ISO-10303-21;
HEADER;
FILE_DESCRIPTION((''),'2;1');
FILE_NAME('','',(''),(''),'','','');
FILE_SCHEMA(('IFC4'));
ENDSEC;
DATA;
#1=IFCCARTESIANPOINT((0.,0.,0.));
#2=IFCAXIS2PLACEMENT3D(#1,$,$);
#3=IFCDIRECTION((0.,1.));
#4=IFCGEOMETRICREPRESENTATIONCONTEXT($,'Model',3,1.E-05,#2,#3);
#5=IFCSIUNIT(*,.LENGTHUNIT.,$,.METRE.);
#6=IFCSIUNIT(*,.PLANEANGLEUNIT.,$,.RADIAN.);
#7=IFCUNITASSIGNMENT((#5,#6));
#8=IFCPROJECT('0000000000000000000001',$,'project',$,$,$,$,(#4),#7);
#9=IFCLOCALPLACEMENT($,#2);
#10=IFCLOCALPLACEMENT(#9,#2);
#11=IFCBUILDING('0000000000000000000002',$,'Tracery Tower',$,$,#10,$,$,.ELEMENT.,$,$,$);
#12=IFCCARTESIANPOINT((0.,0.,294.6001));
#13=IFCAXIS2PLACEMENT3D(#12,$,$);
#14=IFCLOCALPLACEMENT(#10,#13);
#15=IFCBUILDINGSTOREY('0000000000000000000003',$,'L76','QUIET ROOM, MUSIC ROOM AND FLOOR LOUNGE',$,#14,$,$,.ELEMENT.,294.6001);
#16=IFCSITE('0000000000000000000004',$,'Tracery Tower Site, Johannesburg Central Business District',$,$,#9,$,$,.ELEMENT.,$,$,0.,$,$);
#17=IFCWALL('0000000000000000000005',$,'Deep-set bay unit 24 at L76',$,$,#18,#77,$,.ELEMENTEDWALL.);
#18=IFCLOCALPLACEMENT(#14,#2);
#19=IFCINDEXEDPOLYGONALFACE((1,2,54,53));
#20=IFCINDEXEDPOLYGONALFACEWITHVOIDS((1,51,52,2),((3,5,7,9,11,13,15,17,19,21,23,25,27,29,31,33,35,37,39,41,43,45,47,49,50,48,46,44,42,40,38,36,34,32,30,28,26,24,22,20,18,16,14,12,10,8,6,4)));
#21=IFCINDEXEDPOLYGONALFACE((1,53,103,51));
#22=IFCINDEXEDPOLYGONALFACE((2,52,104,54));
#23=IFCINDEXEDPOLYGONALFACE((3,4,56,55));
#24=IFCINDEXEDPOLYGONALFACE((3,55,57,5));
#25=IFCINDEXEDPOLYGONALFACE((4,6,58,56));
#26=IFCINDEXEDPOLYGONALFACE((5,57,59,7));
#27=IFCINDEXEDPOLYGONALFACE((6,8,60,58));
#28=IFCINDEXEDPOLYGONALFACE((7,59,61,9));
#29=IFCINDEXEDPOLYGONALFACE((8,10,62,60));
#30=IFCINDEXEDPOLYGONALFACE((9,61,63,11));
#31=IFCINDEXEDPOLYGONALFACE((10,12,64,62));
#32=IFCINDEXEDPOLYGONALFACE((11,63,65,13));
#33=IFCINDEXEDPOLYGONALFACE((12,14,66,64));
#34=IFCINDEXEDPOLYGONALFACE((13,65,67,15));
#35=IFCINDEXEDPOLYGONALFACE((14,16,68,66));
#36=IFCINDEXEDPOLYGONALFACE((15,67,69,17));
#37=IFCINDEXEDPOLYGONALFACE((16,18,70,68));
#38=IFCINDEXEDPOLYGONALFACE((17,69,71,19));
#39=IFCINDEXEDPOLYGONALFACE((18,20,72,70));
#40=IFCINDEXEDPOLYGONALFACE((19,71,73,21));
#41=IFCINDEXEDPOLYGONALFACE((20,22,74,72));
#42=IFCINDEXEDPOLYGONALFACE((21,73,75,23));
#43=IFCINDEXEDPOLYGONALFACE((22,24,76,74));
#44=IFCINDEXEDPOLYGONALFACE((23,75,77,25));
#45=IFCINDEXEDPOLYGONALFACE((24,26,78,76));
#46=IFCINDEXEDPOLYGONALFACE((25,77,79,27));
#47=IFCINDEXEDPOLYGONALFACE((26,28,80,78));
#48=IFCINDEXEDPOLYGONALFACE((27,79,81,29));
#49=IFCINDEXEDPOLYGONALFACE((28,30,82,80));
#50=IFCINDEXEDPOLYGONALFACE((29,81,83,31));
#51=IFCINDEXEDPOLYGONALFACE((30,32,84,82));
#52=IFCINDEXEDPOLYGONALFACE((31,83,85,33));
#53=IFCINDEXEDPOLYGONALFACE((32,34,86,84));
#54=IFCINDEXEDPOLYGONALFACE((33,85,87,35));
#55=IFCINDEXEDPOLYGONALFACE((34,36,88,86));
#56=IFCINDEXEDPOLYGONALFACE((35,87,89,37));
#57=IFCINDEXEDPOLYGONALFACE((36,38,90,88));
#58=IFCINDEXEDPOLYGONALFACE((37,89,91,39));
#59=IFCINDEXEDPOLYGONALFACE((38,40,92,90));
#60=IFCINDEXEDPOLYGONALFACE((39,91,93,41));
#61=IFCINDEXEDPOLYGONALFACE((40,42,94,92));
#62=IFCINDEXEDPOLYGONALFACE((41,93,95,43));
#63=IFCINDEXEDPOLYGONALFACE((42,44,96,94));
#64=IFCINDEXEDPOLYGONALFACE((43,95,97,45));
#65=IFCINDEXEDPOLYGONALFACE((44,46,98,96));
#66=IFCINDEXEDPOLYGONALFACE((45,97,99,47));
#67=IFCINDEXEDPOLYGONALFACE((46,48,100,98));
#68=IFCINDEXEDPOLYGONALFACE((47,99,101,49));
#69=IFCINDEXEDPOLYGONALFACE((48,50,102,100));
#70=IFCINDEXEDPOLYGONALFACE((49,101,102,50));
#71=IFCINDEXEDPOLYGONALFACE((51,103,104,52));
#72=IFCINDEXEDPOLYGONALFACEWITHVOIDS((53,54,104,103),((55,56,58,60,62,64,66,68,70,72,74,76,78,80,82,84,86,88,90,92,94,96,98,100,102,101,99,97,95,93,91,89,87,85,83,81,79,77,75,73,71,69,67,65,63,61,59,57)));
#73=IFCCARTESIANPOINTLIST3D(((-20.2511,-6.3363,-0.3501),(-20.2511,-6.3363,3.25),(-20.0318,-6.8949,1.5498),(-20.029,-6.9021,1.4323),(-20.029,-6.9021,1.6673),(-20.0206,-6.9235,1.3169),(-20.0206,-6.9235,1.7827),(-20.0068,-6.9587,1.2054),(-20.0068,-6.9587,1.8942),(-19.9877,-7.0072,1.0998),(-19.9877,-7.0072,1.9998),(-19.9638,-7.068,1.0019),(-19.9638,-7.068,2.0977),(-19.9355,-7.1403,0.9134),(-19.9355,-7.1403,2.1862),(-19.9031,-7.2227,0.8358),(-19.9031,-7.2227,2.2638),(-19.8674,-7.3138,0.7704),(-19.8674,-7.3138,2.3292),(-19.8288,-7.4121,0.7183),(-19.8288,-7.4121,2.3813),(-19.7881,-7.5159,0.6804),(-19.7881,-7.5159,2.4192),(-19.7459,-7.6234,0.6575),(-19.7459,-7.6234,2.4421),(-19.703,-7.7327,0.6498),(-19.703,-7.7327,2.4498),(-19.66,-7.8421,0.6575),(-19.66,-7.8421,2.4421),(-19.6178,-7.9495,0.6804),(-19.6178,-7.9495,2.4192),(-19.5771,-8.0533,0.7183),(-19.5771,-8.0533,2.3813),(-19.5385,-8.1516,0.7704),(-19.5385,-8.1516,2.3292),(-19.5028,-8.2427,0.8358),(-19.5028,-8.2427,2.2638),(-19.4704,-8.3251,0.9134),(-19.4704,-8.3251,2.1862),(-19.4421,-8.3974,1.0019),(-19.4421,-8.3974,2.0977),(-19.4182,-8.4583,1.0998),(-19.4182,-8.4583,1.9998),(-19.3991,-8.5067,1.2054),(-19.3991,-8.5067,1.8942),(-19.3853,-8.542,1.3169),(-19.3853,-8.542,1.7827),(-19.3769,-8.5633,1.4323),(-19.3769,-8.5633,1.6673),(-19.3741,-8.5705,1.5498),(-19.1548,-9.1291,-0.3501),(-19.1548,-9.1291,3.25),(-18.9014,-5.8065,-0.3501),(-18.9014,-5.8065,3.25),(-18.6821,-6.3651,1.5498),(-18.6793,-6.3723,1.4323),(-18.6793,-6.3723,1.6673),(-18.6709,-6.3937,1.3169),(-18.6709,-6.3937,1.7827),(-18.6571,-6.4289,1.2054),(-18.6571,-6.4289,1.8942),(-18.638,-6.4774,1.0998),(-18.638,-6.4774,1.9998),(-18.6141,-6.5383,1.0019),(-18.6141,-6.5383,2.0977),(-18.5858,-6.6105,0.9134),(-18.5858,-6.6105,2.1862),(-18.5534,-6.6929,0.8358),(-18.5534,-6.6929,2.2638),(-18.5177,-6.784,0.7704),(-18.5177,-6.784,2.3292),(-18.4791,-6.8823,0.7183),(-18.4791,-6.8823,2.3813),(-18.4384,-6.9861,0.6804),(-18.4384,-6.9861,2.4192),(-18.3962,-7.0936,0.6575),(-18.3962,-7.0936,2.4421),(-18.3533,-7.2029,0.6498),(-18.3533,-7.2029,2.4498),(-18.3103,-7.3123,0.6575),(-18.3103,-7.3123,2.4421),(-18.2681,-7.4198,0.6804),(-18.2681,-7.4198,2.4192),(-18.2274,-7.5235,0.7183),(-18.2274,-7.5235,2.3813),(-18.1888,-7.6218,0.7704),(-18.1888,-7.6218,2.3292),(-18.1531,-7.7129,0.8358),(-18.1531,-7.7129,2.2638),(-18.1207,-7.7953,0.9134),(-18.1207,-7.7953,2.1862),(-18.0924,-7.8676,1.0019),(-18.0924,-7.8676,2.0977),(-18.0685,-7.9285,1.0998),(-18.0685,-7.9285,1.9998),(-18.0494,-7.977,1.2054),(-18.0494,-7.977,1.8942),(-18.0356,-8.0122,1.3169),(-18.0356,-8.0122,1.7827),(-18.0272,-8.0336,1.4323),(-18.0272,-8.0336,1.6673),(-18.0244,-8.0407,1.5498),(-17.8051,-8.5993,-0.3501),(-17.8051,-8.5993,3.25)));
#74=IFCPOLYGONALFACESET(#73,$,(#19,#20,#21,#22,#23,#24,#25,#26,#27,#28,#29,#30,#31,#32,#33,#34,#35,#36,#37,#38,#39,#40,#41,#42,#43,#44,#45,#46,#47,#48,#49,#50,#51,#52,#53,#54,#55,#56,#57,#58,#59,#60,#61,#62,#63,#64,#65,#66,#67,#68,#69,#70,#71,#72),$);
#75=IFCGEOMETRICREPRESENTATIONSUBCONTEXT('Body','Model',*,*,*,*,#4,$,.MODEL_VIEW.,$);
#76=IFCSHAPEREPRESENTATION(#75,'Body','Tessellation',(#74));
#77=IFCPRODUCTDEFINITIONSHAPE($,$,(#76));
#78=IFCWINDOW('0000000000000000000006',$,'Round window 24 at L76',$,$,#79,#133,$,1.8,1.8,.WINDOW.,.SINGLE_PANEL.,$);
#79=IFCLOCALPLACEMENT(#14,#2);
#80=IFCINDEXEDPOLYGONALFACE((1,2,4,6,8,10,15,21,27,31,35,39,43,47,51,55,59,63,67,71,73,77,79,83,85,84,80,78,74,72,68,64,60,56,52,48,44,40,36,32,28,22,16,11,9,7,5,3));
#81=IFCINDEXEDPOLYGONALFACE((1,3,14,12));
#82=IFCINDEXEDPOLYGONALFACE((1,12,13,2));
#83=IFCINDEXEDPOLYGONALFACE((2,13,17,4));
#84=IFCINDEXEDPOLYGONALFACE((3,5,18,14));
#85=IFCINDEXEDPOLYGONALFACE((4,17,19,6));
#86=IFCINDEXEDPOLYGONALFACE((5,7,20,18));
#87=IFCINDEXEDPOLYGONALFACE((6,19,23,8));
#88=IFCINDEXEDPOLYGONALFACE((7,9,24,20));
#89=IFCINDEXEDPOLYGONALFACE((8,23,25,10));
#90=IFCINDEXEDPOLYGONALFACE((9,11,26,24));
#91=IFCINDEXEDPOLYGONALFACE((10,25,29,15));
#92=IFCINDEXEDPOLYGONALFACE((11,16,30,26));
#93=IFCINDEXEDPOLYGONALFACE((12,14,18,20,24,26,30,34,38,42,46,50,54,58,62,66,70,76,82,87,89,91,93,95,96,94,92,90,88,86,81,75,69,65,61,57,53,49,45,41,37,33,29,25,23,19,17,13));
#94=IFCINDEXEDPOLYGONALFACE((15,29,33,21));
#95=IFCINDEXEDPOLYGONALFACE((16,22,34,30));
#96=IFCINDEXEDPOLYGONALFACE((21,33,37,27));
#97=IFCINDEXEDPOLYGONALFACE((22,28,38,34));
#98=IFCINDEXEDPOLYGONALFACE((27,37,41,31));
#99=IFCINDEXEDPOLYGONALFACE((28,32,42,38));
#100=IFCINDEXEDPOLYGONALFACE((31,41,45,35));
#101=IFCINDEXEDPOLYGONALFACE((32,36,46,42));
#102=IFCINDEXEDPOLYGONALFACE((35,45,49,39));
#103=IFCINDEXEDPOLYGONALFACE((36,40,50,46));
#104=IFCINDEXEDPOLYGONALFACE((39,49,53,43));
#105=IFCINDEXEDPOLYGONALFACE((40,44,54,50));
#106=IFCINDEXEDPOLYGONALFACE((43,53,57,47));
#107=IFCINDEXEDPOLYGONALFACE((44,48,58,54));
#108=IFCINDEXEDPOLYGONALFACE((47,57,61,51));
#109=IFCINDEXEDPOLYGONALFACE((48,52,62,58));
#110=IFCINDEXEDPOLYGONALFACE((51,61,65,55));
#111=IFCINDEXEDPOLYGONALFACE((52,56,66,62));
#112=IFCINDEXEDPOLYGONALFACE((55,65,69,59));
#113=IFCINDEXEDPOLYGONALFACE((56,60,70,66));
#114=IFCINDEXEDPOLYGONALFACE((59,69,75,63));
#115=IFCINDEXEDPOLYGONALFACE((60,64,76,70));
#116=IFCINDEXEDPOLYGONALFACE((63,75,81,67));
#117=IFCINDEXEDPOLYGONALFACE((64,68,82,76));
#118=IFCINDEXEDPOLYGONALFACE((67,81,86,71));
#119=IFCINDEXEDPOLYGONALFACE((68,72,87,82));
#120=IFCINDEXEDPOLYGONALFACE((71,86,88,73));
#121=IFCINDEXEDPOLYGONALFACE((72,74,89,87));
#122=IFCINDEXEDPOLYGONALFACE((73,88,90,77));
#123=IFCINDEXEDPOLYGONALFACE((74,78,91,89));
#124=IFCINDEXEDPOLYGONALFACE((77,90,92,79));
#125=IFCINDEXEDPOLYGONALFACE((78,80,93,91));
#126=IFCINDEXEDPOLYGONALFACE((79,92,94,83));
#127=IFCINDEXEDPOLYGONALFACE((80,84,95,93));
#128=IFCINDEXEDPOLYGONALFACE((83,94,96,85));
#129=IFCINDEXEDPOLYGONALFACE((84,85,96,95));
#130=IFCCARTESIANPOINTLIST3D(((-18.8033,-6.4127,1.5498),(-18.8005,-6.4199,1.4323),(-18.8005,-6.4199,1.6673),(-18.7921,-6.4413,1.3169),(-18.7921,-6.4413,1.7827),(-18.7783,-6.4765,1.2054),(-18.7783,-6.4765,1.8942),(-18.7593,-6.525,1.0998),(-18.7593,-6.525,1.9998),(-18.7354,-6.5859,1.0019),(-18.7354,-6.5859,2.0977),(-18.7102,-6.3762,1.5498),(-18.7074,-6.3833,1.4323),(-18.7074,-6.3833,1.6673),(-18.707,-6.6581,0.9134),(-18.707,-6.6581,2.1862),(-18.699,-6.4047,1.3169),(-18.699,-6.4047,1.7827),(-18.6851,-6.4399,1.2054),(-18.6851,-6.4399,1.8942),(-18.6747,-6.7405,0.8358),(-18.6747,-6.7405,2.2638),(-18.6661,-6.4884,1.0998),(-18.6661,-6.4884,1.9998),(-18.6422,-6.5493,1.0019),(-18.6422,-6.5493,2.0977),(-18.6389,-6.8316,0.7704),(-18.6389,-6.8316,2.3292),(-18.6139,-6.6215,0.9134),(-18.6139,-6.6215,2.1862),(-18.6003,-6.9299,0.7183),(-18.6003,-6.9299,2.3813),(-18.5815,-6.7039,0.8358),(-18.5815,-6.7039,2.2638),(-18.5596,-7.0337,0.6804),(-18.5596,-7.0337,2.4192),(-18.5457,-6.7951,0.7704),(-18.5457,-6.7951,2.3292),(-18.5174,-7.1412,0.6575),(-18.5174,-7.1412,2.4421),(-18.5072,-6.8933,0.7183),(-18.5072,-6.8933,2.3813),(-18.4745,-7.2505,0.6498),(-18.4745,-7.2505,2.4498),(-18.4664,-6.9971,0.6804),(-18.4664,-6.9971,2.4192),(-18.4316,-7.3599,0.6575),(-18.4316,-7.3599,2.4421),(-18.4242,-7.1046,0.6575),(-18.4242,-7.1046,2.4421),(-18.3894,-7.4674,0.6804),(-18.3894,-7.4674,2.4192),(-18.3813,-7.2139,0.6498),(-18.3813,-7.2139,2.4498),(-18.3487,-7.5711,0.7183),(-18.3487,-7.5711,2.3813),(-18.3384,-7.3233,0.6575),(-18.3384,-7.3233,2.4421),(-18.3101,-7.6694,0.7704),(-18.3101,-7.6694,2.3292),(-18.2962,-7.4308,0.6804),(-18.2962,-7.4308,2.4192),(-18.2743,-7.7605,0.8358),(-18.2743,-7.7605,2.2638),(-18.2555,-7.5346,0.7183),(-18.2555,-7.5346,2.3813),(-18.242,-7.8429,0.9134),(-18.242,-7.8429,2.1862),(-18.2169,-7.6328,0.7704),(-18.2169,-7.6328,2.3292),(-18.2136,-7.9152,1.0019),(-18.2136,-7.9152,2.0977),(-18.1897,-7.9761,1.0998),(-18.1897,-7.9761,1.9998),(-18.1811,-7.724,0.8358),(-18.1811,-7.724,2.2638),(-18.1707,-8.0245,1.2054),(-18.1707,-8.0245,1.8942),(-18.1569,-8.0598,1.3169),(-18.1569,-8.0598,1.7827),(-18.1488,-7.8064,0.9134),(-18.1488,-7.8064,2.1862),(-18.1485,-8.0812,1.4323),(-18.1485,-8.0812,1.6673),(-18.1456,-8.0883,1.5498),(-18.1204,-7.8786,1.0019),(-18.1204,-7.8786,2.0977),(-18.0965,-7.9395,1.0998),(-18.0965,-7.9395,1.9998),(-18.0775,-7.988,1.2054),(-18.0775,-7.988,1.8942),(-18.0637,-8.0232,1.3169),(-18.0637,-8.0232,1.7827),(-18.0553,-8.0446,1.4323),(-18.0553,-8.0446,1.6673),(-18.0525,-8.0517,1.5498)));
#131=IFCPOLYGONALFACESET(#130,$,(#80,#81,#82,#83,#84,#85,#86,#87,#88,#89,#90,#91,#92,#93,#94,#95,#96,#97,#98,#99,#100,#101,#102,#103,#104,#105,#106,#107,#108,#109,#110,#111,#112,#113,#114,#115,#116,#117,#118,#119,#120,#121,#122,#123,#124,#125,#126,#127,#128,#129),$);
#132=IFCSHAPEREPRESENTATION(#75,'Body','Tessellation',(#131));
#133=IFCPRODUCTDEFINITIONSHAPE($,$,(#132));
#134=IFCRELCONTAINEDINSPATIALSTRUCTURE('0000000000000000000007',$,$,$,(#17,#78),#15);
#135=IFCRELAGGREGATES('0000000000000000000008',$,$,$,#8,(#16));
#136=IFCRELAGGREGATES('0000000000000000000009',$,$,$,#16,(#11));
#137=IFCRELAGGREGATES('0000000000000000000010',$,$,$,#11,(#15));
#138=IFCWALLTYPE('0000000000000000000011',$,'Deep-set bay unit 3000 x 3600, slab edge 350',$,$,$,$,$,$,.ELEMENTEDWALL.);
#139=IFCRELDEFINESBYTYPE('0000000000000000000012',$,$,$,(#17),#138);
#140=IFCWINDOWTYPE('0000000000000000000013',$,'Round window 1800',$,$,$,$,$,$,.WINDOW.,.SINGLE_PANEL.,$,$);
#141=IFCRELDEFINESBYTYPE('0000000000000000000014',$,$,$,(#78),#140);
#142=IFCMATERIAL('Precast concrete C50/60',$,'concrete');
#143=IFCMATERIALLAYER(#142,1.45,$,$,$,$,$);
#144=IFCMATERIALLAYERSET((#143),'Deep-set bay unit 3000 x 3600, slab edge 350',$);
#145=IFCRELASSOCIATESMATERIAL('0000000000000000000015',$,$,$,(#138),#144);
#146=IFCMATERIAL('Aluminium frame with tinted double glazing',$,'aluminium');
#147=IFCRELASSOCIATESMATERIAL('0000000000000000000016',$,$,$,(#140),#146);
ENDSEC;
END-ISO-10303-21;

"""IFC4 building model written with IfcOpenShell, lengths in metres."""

from ifc_helpers import new_model, si_unit, direction, frame, frame_2d, origin, origin_2d, place, context, subcontext, project, spatial, rectangle, circle, extrude, material, layer, layer_set, type_object, element, fill, save


model = new_model("IFC4")

# Units and contexts
model_context = context("Model", 3, precision=1e-05, world=origin(), true_north=direction((0.0, 1.0)))
body_context = subcontext(model_context, "Body", "Model", "MODEL_VIEW")
ifc_project = project(units=[si_unit("LENGTHUNIT", "METRE"), si_unit("PLANEANGLEUNIT", "RADIAN")], contexts=[model_context])

# Site, building, storey
site_placement = place(None, origin())
site = spatial("IfcSite", under=ifc_project, at=site_placement, Name="Tracery Tower Site, Johannesburg Central Business District", CompositionType="ELEMENT", RefElevation=0.0)
building_placement = place(site_placement, origin())
building = spatial("IfcBuilding", under=site, at=building_placement, Name="Tracery Tower", CompositionType="ELEMENT")
storey_placement = place(building_placement, frame((0.0, 0.0, 294.6001)))
storey = spatial("IfcBuildingStorey", under=building, at=storey_placement, Name="L76", Description="QUIET ROOM, MUSIC ROOM AND FLOOR LOUNGE", CompositionType="ELEMENT", Elevation=294.6001)

# Wall, opening, window
ifc_material_1 = material(Name="Precast concrete C50/60", Category="concrete")
ifc_layer_1 = layer(ifc_material_1, 1.45)
ifc_layer_set_1 = layer_set([ifc_layer_1], Name="Deep-set bay unit 3000 x 3600, slab edge 350")
wall_type_1 = type_object("IfcWallType", Name="Deep-set bay unit 3000 x 3600, slab edge 350", PredefinedType="ELEMENTEDWALL", material=ifc_layer_set_1)
wall_1_placement = place(storey_placement, frame((-19.5762, -6.0715, -0.3501), z_axis=(0.0, 0.0, 1.0), x_axis=(0.365378, -0.930859, 0.0)))
wall_1 = element("IfcWall", 1, at=wall_1_placement, inside=storey, type_object=wall_type_1, Name="Deep-set bay unit 24 at L76", PredefinedType="ELEMENTEDWALL", context=body_context, shape_type="SweptSolid", body=[
    extrude(rectangle(XDim=3.0002, YDim=1.45, at=frame_2d((1.5, 0.0))), origin(), (0.0, 0.0, 1.0), 3.6001),
])
opening_1_placement = place(wall_1_placement, frame((1.5, 0.0, 1.8999)))
opening_1 = element("IfcOpeningElement", 2, at=opening_1_placement, cuts=wall_1, PredefinedType="OPENING", context=body_context, shape_type="SweptSolid", body=[
    extrude(circle(Radius=0.9, at=origin_2d()), frame((0.0, 0.7349, 0.0), z_axis=(0.0, -1.0, 0.0), x_axis=(1.0, 0.0, 0.0)), (0.0, 0.0, 1.0), 1.47),
])
ifc_material_2 = material(Name="Aluminium frame with tinted double glazing", Category="aluminium")
window_type = type_object("IfcWindowType", Name="Round window 1800", PartitioningType="SINGLE_PANEL", PredefinedType="WINDOW", material=ifc_material_2)
window_1_placement = place(opening_1_placement, origin())
window_1 = element("IfcWindow", 3, at=window_1_placement, inside=storey, type_object=window_type, Name="Round window 24 at L76", OverallHeight=1.8, OverallWidth=1.8, PartitioningType="SINGLE_PANEL", PredefinedType="WINDOW", context=body_context, shape_type="SweptSolid", body=[
    extrude(circle(Radius=0.9, at=origin_2d()), frame((0.0, 0.6948, 0.0), z_axis=(0.0, -1.0, 0.0), x_axis=(1.0, 0.0, 0.0)), (0.0, 0.0, 1.0), 0.1001),
])
fill(opening_1, window_1)

save(model, "model.ifc")
